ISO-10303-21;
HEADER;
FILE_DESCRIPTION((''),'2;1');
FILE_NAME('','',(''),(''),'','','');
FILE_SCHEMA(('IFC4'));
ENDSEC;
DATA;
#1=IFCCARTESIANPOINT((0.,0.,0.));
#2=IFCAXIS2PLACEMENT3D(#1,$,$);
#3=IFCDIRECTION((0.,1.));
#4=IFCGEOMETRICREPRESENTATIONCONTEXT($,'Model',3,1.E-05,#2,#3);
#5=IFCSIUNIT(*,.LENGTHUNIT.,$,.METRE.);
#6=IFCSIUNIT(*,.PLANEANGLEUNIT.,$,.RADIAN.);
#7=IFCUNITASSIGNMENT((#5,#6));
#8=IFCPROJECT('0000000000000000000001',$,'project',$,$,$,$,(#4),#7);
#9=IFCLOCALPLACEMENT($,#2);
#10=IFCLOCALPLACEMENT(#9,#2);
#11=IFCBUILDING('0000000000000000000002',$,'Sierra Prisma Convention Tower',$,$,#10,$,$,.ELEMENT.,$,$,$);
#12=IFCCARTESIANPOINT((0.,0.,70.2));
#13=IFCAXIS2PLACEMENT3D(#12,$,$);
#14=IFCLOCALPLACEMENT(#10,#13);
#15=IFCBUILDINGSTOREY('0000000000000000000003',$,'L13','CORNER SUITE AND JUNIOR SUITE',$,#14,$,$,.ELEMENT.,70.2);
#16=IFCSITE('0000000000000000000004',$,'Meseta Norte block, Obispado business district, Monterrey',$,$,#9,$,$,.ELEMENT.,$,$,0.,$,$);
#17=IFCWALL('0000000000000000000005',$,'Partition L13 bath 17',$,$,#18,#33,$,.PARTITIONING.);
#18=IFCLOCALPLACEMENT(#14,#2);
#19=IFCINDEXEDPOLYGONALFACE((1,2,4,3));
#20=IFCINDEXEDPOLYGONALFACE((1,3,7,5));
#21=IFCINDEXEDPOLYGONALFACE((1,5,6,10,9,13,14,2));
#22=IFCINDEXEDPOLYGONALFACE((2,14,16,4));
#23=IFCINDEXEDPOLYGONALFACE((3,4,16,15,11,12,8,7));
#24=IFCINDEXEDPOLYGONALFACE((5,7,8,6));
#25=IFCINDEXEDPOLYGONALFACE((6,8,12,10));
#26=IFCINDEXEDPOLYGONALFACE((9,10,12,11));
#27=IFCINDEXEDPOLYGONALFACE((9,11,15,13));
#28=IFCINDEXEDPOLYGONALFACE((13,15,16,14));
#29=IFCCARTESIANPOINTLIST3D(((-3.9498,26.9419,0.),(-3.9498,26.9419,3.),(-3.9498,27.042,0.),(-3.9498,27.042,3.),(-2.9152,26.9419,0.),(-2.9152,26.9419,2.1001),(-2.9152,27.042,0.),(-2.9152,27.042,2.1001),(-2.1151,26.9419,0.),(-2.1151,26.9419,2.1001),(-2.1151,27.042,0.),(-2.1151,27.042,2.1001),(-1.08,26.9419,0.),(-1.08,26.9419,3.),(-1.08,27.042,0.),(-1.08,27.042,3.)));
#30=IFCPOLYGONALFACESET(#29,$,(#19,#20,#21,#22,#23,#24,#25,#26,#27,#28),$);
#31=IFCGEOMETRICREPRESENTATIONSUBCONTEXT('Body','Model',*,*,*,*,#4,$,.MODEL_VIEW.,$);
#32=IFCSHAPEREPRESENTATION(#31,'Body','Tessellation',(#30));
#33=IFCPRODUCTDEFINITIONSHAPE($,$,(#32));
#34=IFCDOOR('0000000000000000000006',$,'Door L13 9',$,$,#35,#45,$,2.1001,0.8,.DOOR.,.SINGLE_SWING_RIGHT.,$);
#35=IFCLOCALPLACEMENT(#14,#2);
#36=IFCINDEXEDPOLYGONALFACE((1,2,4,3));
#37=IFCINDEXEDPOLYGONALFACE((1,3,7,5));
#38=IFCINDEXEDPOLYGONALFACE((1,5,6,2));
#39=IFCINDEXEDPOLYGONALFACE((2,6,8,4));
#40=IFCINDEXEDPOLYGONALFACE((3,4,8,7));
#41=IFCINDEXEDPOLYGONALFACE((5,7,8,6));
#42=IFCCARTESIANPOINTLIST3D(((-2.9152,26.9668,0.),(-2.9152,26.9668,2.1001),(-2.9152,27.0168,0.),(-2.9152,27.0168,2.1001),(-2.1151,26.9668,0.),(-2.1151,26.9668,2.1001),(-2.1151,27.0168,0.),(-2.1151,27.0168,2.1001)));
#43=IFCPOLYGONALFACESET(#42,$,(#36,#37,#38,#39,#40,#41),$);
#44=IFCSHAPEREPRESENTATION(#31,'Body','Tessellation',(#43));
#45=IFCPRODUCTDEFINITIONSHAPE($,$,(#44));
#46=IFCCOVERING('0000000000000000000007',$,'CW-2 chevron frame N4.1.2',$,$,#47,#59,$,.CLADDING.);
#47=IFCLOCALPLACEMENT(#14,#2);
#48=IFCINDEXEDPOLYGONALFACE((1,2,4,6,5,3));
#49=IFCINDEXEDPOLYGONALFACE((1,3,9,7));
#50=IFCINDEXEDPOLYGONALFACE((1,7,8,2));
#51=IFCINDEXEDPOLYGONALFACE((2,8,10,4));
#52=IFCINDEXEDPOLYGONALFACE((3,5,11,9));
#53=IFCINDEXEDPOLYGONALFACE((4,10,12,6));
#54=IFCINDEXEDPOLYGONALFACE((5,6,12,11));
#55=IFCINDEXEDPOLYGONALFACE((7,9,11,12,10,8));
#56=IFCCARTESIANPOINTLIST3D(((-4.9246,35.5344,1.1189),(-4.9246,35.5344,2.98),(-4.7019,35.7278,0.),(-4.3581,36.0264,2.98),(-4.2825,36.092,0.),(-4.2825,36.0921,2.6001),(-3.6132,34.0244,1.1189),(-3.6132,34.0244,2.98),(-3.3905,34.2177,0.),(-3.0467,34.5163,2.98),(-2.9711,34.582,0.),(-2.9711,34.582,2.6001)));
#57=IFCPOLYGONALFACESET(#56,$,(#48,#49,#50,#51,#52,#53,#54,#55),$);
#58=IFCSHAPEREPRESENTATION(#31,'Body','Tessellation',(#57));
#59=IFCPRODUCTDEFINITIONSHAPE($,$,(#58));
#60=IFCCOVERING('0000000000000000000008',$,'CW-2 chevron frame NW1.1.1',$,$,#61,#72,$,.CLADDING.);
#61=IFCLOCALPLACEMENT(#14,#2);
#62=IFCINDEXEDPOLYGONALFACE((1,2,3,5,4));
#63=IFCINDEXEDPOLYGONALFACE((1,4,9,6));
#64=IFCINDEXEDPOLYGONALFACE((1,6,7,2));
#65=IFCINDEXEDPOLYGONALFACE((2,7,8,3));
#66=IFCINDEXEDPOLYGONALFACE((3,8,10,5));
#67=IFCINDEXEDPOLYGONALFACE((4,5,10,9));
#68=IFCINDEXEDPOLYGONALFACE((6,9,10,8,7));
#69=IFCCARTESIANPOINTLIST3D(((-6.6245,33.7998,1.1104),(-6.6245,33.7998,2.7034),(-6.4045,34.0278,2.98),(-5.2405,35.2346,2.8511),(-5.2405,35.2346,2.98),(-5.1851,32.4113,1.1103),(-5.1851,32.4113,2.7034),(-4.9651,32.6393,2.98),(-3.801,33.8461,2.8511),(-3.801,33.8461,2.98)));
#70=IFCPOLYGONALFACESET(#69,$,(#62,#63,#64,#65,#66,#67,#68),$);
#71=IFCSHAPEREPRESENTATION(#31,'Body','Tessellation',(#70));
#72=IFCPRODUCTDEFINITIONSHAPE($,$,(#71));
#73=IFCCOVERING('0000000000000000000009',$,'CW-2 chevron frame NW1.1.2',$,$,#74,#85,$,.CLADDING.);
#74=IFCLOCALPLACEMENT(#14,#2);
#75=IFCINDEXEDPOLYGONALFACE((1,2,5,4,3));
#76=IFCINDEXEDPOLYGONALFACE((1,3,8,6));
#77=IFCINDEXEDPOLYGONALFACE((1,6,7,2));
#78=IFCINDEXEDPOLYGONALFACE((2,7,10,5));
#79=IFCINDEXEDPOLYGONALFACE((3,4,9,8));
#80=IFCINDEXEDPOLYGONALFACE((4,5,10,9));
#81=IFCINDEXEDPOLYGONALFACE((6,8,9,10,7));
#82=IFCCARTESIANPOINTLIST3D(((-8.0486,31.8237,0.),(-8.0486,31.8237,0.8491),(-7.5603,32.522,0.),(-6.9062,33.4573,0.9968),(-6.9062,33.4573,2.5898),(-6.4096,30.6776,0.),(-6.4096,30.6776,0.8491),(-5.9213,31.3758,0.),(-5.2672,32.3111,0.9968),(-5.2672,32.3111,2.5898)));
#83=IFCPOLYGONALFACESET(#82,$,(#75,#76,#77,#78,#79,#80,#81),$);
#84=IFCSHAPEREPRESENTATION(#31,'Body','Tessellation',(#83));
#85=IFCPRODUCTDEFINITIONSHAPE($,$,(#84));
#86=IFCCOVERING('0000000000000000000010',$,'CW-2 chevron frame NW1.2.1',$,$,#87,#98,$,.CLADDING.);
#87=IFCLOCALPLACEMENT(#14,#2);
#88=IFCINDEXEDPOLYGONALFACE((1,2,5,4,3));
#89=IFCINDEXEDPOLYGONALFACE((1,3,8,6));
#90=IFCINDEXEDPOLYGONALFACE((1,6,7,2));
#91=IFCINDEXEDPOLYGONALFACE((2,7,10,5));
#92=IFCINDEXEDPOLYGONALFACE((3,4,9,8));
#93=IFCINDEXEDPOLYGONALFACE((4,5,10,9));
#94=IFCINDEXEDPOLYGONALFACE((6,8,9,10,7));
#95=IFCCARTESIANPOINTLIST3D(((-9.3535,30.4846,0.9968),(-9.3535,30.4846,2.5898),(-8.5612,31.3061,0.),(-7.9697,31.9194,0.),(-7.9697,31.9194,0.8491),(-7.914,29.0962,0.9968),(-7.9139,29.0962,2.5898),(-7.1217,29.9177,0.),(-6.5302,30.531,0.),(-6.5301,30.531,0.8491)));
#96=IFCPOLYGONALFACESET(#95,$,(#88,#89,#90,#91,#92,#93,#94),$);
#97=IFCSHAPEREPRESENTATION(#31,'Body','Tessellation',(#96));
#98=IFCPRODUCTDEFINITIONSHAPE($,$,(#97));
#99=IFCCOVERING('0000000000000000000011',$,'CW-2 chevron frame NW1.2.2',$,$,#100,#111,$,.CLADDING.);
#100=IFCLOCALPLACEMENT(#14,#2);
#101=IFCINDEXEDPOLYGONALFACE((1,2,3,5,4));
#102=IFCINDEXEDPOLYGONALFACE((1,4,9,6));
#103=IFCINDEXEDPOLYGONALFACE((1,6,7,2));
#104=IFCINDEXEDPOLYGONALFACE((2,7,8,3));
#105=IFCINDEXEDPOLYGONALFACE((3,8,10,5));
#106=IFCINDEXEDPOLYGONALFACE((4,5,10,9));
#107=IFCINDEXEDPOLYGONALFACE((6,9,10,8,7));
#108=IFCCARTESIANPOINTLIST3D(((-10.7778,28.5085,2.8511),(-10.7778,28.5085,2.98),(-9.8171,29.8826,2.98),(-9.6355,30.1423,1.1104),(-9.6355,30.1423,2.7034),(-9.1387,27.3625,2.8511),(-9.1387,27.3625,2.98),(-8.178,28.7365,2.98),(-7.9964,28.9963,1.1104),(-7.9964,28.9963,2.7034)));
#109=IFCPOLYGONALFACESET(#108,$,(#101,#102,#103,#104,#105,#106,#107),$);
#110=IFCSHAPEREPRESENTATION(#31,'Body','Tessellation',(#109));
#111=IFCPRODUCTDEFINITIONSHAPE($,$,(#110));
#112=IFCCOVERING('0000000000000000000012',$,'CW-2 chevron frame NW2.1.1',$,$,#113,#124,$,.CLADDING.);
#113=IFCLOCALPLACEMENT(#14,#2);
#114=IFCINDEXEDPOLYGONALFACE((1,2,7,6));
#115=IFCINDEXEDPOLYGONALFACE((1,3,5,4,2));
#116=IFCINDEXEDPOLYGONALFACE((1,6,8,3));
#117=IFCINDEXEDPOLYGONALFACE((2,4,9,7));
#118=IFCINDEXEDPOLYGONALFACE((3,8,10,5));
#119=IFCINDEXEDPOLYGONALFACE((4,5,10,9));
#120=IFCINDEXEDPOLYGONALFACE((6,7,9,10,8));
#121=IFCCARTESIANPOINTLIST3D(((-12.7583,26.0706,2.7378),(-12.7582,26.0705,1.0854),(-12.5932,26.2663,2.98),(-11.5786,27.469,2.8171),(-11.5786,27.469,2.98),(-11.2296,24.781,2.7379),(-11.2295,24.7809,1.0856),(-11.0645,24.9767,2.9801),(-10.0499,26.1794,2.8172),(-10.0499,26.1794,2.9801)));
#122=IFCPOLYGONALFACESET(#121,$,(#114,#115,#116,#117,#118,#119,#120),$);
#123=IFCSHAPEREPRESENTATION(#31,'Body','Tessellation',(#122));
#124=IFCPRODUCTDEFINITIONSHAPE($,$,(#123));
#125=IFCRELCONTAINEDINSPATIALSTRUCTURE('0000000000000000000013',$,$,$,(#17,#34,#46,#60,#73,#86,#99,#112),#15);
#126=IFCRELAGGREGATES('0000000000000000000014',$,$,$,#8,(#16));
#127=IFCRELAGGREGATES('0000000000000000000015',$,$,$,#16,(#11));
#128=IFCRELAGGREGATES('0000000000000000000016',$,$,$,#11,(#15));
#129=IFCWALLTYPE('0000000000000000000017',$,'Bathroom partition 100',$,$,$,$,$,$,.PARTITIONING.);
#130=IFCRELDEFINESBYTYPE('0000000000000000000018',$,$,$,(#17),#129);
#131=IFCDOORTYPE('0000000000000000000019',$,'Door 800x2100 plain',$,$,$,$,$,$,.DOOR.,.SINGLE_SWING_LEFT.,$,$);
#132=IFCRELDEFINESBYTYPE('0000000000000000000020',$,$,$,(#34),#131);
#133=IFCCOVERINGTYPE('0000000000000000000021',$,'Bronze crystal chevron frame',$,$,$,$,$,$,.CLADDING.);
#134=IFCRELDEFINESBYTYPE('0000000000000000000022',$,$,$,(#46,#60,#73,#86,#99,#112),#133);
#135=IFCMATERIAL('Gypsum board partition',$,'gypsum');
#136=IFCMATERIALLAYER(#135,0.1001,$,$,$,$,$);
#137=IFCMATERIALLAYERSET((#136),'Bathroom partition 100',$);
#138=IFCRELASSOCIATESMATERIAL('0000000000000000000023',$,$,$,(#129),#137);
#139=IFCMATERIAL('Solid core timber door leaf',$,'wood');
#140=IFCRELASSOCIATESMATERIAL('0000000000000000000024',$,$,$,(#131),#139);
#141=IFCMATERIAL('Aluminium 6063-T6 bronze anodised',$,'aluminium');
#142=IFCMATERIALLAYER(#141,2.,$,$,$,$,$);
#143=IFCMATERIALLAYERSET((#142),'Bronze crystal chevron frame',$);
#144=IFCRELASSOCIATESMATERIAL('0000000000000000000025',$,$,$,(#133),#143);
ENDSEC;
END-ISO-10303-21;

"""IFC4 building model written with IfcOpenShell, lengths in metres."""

from ifc_helpers import new_model, si_unit, direction, frame, frame_2d, origin, place, context, subcontext, project, spatial, polyline, rectangle, outline, extrude, material, layer, layer_set, type_object, element, fill, save


model = new_model("IFC4")

# Units and contexts
model_context = context("Model", 3, precision=1e-05, world=origin(), true_north=direction((0.0, 1.0)))
body_context = subcontext(model_context, "Body", "Model", "MODEL_VIEW")
ifc_project = project(units=[si_unit("LENGTHUNIT", "METRE"), si_unit("PLANEANGLEUNIT", "RADIAN")], contexts=[model_context])

# Site, building, storey
site_placement = place(None, origin())
site = spatial("IfcSite", under=ifc_project, at=site_placement, Name="Meseta Norte block, Obispado business district, Monterrey", CompositionType="ELEMENT", RefElevation=0.0)
building_placement = place(site_placement, origin())
building = spatial("IfcBuilding", under=site, at=building_placement, Name="Sierra Prisma Convention Tower", CompositionType="ELEMENT")
storey_placement = place(building_placement, frame((0.0, 0.0, 70.2)))
storey = spatial("IfcBuildingStorey", under=building, at=storey_placement, Name="L13", Description="CORNER SUITE AND JUNIOR SUITE", CompositionType="ELEMENT", Elevation=70.2)

# Wall, opening, door
ifc_material_1 = material(Name="Gypsum board partition", Category="gypsum")
ifc_layer_1 = layer(ifc_material_1, 0.1001)
ifc_layer_set_1 = layer_set([ifc_layer_1], Name="Bathroom partition 100")
wall_type = type_object("IfcWallType", Name="Bathroom partition 100", PredefinedType="PARTITIONING", material=ifc_layer_set_1)
wall_placement = place(storey_placement, frame((-3.95, 26.9919, 0.0), z_axis=(0.0, 0.0, 1.0), x_axis=(1.0, 0.0, 0.0)))
wall = element("IfcWall", 1, at=wall_placement, inside=storey, type_object=wall_type, Name="Partition L13 bath 17", PredefinedType="PARTITIONING", context=body_context, shape_type="SweptSolid", body=[
    extrude(rectangle(XDim=2.8699, YDim=0.1001, at=frame_2d((1.4351, 0.0))), origin(), (0.0, 0.0, 1.0), 3.0),
])
opening_placement = place(wall_placement, frame((1.0349, 0.0, 0.0)))
opening = element("IfcOpeningElement", 2, at=opening_placement, cuts=wall, PredefinedType="OPENING", context=body_context, shape_type="SweptSolid", body=[
    extrude(rectangle(XDim=0.8, YDim=2.1001, at=frame_2d((0.3999, 1.05))), frame((0.0, 0.05, 0.0), z_axis=(0.0, -1.0, 0.0), x_axis=(1.0, 0.0, 0.0)), (0.0, 0.0, 1.0), 0.1001),
])
ifc_material_2 = material(Name="Solid core timber door leaf", Category="wood")
door_type = type_object("IfcDoorType", Name="Door 800x2100 plain", OperationType="SINGLE_SWING_LEFT", PredefinedType="DOOR", material=ifc_material_2)
door_placement = place(opening_placement, origin())
door = element("IfcDoor", 3, at=door_placement, inside=storey, type_object=door_type, Name="Door L13 9", OperationType="SINGLE_SWING_RIGHT", OverallHeight=2.1001, OverallWidth=0.8, PredefinedType="DOOR", context=body_context, shape_type="SweptSolid", body=[
    extrude(rectangle(XDim=0.8, YDim=2.1001, at=frame_2d((0.3999, 1.05))), frame((0.0, 0.0249, 0.0), z_axis=(0.0, -1.0, 0.0), x_axis=(1.0, 0.0, 0.0)), (0.0, 0.0, 1.0), 0.05),
])
fill(opening, door)

# Coverings
ifc_material_3 = material(Name="Aluminium 6063-T6 bronze anodised", Category="aluminium")
ifc_layer_2 = layer(ifc_material_3, 2.0)
ifc_layer_set_2 = layer_set([ifc_layer_2], Name="Bronze crystal chevron frame")
covering_type = type_object("IfcCoveringType", Name="Bronze crystal chevron frame", PredefinedType="CLADDING", material=ifc_layer_set_2)
covering_1_placement = place(storey_placement, frame((-4.2825, 36.092, 0.0), z_axis=(-0.655698, 0.755023, -0.000008), x_axis=(-0.755023, -0.655698, 0.0)))
element("IfcCovering", 4, at=covering_1_placement, inside=storey, type_object=covering_type, Name="CW-2 chevron frame N4.1.2", PredefinedType="CLADDING", context=body_context, shape_type="SweptSolid", body=[
    extrude(outline(polyline([(0.0, 0.0), (0.5555, 0.0), (0.8504, 1.1189), (0.8504, 2.98), (0.1002, 2.98), (0.0, 2.6001), (0.0, 0.0)])), origin(), (0.0, 0.0, -1.0), 2.0),
])
covering_2_placement = place(storey_placement, frame((-5.2405, 35.2346, 2.98), z_axis=(-0.719729, 0.694255, 0.000005), x_axis=(-0.000004, 0.000004, -1.0)))
element("IfcCovering", 5, at=covering_2_placement, inside=storey, type_object=covering_type, Name="CW-2 chevron frame NW1.1.1", PredefinedType="CLADDING", context=body_context, shape_type="SweptSolid", body=[
    extrude(outline(polyline([(0.0, 0.0), (0.1289, 0.0), (1.8696, 1.9935), (0.2766, 1.9935), (0.0, 1.6767), (0.0, 0.0)])), origin(), (0.0, 0.0, -1.0), 2.0),
])
covering_3_placement = place(storey_placement, frame((-6.9062, 33.4573, 2.5898), z_axis=(-0.819502, 0.573076, -0.000001), x_axis=(0.000001, 0.0, -1.0)))
element("IfcCovering", 6, at=covering_3_placement, inside=storey, type_object=covering_type, Name="CW-2 chevron frame NW1.1.2", PredefinedType="CLADDING", context=body_context, shape_type="SweptSolid", body=[
    extrude(outline(polyline([(0.0, 0.0), (1.593, 0.0), (2.5898, 1.1413), (2.5898, 1.9933), (1.7407, 1.9933), (0.0, 0.0)])), origin(), (0.0, 0.0, -1.0), 2.0),
])
covering_4_placement = place(storey_placement, frame((-7.9697, 31.9194, 0.0), z_axis=(-0.719783, 0.6942, 0.00002), x_axis=(-0.6942, -0.719783, 0.0)))
element("IfcCovering", 7, at=covering_4_placement, inside=storey, type_object=covering_type, Name="CW-2 chevron frame NW1.2.1", PredefinedType="CLADDING", context=body_context, shape_type="SweptSolid", body=[
    extrude(outline(polyline([(0.0, 0.0), (0.8521, 0.0), (1.9934, 0.9968), (1.9934, 2.5898), (0.0, 0.8491), (0.0, 0.0)])), origin(), (0.0, 0.0, -1.0), 2.0),
])
covering_5_placement = place(storey_placement, frame((-10.7778, 28.5085, 2.98), z_axis=(-0.819543, 0.573018, -0.000006), x_axis=(0.573018, 0.819543, 0.0)))
element("IfcCovering", 8, at=covering_5_placement, inside=storey, type_object=covering_type, Name="CW-2 chevron frame NW1.2.2", PredefinedType="CLADDING", context=body_context, shape_type="SweptSolid", body=[
    extrude(outline(polyline([(0.0, 0.0), (1.6766, 0.0), (1.9935, 0.2766), (1.9935, 1.8696), (0.0, 0.1289), (0.0, 0.0)])), origin(), (0.0, 0.0, -1.0), 2.0),
])
covering_6_placement = place(storey_placement, frame((-11.5786, 27.469, 2.98), z_axis=(-0.764353, 0.644798, -0.00005), x_axis=(0.000039, -0.000033, -1.0)))
element("IfcCovering", 9, at=covering_6_placement, inside=storey, type_object=covering_type, Name="CW-2 chevron frame NW2.1.1", PredefinedType="CLADDING", context=body_context, shape_type="SweptSolid", body=[
    extrude(outline(polyline([(0.0, 0.0), (0.1628, 0.0), (1.8945, 1.8296), (0.2422, 1.8296), (0.0, 1.5735), (0.0, 0.0)])), origin(), (0.0, 0.0, -1.0), 2.0),
])

save(model, "model.ifc")
